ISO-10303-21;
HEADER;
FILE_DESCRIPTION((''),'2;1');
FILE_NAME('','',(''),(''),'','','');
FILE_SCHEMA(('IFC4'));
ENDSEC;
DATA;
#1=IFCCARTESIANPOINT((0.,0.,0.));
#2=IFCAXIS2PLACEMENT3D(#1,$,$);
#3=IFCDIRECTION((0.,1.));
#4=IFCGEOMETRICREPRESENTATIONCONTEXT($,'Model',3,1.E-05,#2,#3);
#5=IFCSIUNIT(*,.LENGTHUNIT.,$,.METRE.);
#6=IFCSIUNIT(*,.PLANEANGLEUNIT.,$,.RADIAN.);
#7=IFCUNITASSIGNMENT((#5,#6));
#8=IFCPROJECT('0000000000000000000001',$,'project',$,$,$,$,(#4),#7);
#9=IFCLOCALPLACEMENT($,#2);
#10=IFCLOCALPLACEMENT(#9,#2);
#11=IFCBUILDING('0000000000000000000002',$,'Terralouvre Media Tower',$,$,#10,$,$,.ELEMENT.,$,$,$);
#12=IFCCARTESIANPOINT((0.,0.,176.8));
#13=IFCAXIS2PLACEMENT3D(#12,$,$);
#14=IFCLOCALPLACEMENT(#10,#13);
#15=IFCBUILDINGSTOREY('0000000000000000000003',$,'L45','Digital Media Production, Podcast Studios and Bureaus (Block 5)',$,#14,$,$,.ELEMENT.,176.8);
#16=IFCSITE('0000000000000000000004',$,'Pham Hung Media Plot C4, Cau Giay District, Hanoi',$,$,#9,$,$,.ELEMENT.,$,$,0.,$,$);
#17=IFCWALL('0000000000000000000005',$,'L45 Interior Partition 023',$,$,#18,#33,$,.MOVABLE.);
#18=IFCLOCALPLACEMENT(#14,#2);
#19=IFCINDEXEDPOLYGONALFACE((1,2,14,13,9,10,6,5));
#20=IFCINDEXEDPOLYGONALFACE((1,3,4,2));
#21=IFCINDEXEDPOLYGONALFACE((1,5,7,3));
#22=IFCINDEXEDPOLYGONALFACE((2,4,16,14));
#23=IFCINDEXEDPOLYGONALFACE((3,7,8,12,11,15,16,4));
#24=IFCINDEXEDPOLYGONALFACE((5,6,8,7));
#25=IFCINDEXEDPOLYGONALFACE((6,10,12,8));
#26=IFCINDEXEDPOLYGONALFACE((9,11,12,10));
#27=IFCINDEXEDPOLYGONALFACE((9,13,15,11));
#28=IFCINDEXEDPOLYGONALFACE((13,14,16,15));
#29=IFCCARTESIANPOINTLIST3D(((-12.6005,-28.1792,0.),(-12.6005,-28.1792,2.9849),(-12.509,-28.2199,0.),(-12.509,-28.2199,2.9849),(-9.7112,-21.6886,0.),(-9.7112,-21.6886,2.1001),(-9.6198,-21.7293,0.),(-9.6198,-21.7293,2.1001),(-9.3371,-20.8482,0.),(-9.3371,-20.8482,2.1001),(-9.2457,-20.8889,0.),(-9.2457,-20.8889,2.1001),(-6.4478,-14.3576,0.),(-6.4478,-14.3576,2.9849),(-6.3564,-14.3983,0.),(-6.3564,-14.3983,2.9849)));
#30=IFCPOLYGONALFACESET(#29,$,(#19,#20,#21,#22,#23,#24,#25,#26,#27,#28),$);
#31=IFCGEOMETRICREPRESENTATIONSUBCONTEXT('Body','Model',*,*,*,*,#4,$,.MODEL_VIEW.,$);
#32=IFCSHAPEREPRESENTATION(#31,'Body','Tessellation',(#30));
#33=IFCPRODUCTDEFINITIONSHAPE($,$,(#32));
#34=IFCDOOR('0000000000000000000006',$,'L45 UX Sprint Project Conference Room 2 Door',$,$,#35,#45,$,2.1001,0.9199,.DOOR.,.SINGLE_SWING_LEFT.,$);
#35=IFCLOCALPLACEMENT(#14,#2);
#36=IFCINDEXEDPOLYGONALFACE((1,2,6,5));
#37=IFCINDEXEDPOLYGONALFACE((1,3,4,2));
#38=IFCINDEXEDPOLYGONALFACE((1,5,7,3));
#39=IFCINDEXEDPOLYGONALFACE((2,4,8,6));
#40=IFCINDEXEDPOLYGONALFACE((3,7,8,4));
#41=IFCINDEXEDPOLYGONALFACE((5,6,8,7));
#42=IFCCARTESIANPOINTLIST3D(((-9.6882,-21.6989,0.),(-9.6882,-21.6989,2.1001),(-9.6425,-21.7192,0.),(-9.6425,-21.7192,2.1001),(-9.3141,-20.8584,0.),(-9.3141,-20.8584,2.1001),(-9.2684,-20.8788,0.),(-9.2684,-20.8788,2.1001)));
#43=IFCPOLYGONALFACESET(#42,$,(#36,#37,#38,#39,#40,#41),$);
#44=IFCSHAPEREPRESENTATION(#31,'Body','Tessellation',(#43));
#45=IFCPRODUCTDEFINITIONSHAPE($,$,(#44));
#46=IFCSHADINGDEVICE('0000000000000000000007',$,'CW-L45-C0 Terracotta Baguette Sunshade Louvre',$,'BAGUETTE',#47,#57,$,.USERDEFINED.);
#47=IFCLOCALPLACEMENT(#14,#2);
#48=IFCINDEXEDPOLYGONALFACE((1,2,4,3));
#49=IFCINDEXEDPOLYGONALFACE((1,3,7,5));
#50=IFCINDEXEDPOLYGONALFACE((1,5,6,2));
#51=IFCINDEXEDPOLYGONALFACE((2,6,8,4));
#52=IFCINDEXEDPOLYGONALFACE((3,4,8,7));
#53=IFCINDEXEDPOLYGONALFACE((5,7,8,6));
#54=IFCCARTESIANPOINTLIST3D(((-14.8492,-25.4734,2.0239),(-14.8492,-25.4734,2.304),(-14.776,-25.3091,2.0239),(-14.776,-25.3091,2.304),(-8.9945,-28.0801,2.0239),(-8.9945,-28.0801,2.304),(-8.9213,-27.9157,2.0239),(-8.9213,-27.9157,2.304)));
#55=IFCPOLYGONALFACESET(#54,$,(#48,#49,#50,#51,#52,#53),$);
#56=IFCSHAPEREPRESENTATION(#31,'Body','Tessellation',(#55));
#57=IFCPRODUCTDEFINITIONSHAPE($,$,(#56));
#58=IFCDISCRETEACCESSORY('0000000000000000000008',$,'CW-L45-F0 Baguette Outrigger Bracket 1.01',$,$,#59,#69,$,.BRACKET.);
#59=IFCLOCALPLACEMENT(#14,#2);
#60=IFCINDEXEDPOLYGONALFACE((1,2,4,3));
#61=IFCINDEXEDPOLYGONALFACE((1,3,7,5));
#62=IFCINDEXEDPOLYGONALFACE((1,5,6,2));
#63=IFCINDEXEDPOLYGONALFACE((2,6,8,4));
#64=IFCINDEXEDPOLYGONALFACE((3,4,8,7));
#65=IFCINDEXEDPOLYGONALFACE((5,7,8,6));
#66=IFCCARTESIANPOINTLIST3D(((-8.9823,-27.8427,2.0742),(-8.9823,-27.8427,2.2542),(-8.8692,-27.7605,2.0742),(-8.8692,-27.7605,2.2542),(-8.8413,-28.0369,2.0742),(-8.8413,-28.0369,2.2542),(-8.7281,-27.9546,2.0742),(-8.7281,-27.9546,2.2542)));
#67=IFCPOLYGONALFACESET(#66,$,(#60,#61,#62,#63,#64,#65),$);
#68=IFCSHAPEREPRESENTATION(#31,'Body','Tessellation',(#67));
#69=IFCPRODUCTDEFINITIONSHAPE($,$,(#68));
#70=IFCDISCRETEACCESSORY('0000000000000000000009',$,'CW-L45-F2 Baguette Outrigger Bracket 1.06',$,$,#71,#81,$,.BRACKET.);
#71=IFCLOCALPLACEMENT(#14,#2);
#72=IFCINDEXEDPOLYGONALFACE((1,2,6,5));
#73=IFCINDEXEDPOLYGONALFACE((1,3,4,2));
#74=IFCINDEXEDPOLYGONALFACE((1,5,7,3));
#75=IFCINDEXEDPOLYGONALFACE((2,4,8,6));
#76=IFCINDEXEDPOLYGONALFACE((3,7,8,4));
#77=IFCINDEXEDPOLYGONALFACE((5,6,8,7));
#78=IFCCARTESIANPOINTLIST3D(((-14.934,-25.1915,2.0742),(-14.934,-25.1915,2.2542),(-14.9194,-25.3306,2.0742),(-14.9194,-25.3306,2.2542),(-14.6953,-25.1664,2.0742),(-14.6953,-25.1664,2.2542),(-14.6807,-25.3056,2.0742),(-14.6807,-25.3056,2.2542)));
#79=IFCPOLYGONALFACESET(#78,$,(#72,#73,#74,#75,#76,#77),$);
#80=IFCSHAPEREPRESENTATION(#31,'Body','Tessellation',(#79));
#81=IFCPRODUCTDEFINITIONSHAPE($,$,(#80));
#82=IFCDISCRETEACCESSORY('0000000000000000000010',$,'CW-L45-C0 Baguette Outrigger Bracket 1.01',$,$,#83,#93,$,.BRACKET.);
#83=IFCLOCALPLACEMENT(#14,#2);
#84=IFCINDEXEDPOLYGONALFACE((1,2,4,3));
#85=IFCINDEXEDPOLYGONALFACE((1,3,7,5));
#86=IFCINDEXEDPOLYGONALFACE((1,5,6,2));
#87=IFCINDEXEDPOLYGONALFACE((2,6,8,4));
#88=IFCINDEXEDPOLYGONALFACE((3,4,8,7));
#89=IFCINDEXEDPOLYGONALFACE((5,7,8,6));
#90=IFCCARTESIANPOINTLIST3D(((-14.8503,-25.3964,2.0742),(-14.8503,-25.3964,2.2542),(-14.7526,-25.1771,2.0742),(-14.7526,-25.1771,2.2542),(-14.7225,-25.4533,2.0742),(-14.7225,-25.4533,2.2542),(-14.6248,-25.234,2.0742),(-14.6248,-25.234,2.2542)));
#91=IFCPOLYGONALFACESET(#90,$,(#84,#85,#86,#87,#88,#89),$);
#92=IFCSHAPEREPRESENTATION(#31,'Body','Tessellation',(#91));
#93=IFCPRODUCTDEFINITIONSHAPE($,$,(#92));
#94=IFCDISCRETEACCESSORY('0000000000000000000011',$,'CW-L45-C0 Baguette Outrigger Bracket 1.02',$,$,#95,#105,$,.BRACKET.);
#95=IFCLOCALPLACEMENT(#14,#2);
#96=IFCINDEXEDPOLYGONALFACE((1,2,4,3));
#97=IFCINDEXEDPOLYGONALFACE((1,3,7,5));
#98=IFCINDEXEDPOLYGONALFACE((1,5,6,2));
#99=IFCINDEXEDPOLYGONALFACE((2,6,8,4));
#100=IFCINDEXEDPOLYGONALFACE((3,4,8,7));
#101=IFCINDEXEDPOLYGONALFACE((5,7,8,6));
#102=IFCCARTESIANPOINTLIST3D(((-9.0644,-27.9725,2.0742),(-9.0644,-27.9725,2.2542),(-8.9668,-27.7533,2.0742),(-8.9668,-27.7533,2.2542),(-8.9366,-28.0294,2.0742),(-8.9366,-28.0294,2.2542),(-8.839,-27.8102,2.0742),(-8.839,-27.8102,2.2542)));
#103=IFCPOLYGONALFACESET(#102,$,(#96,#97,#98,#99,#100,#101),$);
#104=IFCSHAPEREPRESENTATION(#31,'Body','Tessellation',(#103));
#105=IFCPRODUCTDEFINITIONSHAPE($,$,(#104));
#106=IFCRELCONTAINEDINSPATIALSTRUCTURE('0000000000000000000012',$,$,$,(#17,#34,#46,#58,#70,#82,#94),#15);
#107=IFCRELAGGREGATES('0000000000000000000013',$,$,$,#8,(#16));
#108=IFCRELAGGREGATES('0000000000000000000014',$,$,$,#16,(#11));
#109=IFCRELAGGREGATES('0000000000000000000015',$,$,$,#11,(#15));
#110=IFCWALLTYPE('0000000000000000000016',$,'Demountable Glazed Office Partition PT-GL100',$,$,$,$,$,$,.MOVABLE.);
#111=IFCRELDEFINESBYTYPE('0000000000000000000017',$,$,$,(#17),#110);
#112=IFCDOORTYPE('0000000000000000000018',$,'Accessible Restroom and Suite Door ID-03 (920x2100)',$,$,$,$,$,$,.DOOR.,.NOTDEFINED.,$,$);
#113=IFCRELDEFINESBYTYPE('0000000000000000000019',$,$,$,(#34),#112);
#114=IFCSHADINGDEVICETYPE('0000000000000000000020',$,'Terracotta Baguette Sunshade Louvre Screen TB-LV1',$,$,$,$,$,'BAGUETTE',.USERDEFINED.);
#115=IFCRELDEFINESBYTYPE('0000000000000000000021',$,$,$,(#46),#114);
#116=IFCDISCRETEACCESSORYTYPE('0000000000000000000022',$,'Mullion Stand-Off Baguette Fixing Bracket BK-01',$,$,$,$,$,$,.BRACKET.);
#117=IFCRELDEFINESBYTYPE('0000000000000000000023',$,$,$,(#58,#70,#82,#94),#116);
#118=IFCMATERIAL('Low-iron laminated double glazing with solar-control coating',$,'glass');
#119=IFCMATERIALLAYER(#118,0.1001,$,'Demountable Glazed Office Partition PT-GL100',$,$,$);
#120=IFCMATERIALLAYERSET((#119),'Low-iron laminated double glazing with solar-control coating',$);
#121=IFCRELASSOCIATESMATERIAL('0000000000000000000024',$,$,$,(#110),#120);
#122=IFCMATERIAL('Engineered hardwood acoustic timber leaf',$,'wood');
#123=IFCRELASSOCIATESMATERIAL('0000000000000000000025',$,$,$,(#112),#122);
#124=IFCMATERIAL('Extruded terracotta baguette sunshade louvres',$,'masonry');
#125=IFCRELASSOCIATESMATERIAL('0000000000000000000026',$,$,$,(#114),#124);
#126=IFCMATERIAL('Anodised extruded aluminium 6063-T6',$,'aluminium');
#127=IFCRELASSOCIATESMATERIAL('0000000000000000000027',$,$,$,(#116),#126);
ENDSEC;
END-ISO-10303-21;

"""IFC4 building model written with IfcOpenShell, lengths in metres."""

from ifc_helpers import new_model, si_unit, direction, frame, frame_2d, origin, origin_2d, place, context, subcontext, project, spatial, rectangle, extrude, material, layer, layer_set, type_object, element, fill, save


model = new_model("IFC4")

# Units and contexts
model_context = context("Model", 3, precision=1e-05, world=origin(), true_north=direction((0.0, 1.0)))
body_context = subcontext(model_context, "Body", "Model", "MODEL_VIEW")
ifc_project = project(units=[si_unit("LENGTHUNIT", "METRE"), si_unit("PLANEANGLEUNIT", "RADIAN")], contexts=[model_context])

# Site, building, storey
site_placement = place(None, origin())
site = spatial("IfcSite", under=ifc_project, at=site_placement, Name="Pham Hung Media Plot C4, Cau Giay District, Hanoi", CompositionType="ELEMENT", RefElevation=0.0)
building_placement = place(site_placement, origin())
building = spatial("IfcBuilding", under=site, at=building_placement, Name="Terralouvre Media Tower", CompositionType="ELEMENT")
storey_placement = place(building_placement, frame((0.0, 0.0, 176.8)))
storey = spatial("IfcBuildingStorey", under=building, at=storey_placement, Name="L45", Description="Digital Media Production, Podcast Studios and Bureaus (Block 5)", CompositionType="ELEMENT", Elevation=176.8)

# Wall, opening, door
ifc_material_1 = material(Name="Low-iron laminated double glazing with solar-control coating", Category="glass")
ifc_layer_1 = layer(ifc_material_1, 0.1001, Name="Demountable Glazed Office Partition PT-GL100")
ifc_layer_set_1 = layer_set([ifc_layer_1], Name="Low-iron laminated double glazing with solar-control coating")
wall_type = type_object("IfcWallType", Name="Demountable Glazed Office Partition PT-GL100", PredefinedType="MOVABLE", material=ifc_layer_set_1)
wall_placement = place(storey_placement, frame((-12.5547, -28.1995, 0.0), z_axis=(0.0, 0.0, 1.0), x_axis=(0.406673, 0.913574, 0.0)))
wall = element("IfcWall", 1, at=wall_placement, inside=storey, type_object=wall_type, Name="L45 Interior Partition 023", PredefinedType="MOVABLE", context=body_context, shape_type="SweptSolid", body=[
    extrude(rectangle(XDim=15.1292, YDim=0.1001, at=frame_2d((7.5645, 0.0))), origin(), (0.0, 0.0, 1.0), 2.9849),
])
opening_placement = place(wall_placement, frame((7.1045, 0.0, 0.0)))
opening = element("IfcOpeningElement", 2, at=opening_placement, cuts=wall, PredefinedType="OPENING", context=body_context, shape_type="SweptSolid", body=[
    extrude(rectangle(XDim=0.9199, YDim=2.1001, at=frame_2d((0.46, 1.05))), frame((0.0, 0.0601, 0.0), z_axis=(0.0, -1.0, 0.0), x_axis=(1.0, 0.0, 0.0)), (0.0, 0.0, 1.0), 0.1201),
])
ifc_material_2 = material(Name="Engineered hardwood acoustic timber leaf", Category="wood")
door_type = type_object("IfcDoorType", Name="Accessible Restroom and Suite Door ID-03 (920x2100)", OperationType="NOTDEFINED", PredefinedType="DOOR", material=ifc_material_2)
door_placement = place(opening_placement, origin())
door = element("IfcDoor", 3, at=door_placement, inside=storey, type_object=door_type, Name="L45 UX Sprint Project Conference Room 2 Door", OperationType="SINGLE_SWING_LEFT", OverallHeight=2.1001, OverallWidth=0.9199, PredefinedType="DOOR", context=body_context, shape_type="SweptSolid", body=[
    extrude(rectangle(XDim=0.9199, YDim=2.1001, at=frame_2d((0.46, 1.05))), frame((0.0, 0.0249, 0.0), z_axis=(0.0, -1.0, 0.0), x_axis=(1.0, 0.0, 0.0)), (0.0, 0.0, 1.0), 0.05),
])
fill(opening, door)

# Shading device
ifc_material_3 = material(Name="Extruded terracotta baguette sunshade louvres", Category="masonry")
shading_device_type = type_object("IfcShadingDeviceType", Name="Terracotta Baguette Sunshade Louvre Screen TB-LV1", ElementType="BAGUETTE", PredefinedType="USERDEFINED", material=ifc_material_3)
shading_device_placement = place(storey_placement, frame((-11.8853, -26.6946, 2.0239), z_axis=(0.0, 0.0, 1.0), x_axis=(0.913545, -0.406737, 0.0)))
element("IfcShadingDevice", 4, at=shading_device_placement, inside=storey, type_object=shading_device_type, Name="CW-L45-C0 Terracotta Baguette Sunshade Louvre", ObjectType="BAGUETTE", PredefinedType="USERDEFINED", context=body_context, shape_type="SweptSolid", body=[
    extrude(rectangle(XDim=6.4087, YDim=0.1799, at=origin_2d()), origin(), (0.0, 0.0, 1.0), 0.28),
])

# Discrete accessories
ifc_material_4 = material(Name="Anodised extruded aluminium 6063-T6", Category="aluminium")
discrete_accessory_type = type_object("IfcDiscreteAccessoryType", Name="Mullion Stand-Off Baguette Fixing Bracket BK-01", PredefinedType="BRACKET", material=ifc_material_4)
for number, where, z_axis, x_axis, name in (
    (5, (-8.8552, -27.8987, 2.0742), (0.0, 0.0, 1.0), (0.809017, 0.587785, 0.0), "CW-L45-F0 Baguette Outrigger Bracket 1.01"),
    (6, (-14.8074, -25.2485, 2.0742), (0.0, 0.0, 1.0), (0.104528, -0.994522, 0.0), "CW-L45-F2 Baguette Outrigger Bracket 1.06"),
    (7, (-14.7375, -25.3152, 2.0742), (0.0, 0.0, 1.0), (0.913545, -0.406737, 0.0), "CW-L45-C0 Baguette Outrigger Bracket 1.01"),
    (8, (-8.9517, -27.8914, 2.0742), (0.0, 0.0, 1.0), (0.913545, -0.406737, 0.0), "CW-L45-C0 Baguette Outrigger Bracket 1.02"),
):
    element("IfcDiscreteAccessory", number, at=place(storey_placement, frame(where, z_axis=z_axis, x_axis=x_axis)), inside=storey, type_object=discrete_accessory_type, Name=name, PredefinedType="BRACKET", context=body_context, shape_type="SweptSolid", body=[
        extrude(rectangle(XDim=0.1399, YDim=0.24, at=origin_2d()), origin(), (0.0, 0.0, 1.0), 0.1799),
    ])

save(model, "model.ifc")
